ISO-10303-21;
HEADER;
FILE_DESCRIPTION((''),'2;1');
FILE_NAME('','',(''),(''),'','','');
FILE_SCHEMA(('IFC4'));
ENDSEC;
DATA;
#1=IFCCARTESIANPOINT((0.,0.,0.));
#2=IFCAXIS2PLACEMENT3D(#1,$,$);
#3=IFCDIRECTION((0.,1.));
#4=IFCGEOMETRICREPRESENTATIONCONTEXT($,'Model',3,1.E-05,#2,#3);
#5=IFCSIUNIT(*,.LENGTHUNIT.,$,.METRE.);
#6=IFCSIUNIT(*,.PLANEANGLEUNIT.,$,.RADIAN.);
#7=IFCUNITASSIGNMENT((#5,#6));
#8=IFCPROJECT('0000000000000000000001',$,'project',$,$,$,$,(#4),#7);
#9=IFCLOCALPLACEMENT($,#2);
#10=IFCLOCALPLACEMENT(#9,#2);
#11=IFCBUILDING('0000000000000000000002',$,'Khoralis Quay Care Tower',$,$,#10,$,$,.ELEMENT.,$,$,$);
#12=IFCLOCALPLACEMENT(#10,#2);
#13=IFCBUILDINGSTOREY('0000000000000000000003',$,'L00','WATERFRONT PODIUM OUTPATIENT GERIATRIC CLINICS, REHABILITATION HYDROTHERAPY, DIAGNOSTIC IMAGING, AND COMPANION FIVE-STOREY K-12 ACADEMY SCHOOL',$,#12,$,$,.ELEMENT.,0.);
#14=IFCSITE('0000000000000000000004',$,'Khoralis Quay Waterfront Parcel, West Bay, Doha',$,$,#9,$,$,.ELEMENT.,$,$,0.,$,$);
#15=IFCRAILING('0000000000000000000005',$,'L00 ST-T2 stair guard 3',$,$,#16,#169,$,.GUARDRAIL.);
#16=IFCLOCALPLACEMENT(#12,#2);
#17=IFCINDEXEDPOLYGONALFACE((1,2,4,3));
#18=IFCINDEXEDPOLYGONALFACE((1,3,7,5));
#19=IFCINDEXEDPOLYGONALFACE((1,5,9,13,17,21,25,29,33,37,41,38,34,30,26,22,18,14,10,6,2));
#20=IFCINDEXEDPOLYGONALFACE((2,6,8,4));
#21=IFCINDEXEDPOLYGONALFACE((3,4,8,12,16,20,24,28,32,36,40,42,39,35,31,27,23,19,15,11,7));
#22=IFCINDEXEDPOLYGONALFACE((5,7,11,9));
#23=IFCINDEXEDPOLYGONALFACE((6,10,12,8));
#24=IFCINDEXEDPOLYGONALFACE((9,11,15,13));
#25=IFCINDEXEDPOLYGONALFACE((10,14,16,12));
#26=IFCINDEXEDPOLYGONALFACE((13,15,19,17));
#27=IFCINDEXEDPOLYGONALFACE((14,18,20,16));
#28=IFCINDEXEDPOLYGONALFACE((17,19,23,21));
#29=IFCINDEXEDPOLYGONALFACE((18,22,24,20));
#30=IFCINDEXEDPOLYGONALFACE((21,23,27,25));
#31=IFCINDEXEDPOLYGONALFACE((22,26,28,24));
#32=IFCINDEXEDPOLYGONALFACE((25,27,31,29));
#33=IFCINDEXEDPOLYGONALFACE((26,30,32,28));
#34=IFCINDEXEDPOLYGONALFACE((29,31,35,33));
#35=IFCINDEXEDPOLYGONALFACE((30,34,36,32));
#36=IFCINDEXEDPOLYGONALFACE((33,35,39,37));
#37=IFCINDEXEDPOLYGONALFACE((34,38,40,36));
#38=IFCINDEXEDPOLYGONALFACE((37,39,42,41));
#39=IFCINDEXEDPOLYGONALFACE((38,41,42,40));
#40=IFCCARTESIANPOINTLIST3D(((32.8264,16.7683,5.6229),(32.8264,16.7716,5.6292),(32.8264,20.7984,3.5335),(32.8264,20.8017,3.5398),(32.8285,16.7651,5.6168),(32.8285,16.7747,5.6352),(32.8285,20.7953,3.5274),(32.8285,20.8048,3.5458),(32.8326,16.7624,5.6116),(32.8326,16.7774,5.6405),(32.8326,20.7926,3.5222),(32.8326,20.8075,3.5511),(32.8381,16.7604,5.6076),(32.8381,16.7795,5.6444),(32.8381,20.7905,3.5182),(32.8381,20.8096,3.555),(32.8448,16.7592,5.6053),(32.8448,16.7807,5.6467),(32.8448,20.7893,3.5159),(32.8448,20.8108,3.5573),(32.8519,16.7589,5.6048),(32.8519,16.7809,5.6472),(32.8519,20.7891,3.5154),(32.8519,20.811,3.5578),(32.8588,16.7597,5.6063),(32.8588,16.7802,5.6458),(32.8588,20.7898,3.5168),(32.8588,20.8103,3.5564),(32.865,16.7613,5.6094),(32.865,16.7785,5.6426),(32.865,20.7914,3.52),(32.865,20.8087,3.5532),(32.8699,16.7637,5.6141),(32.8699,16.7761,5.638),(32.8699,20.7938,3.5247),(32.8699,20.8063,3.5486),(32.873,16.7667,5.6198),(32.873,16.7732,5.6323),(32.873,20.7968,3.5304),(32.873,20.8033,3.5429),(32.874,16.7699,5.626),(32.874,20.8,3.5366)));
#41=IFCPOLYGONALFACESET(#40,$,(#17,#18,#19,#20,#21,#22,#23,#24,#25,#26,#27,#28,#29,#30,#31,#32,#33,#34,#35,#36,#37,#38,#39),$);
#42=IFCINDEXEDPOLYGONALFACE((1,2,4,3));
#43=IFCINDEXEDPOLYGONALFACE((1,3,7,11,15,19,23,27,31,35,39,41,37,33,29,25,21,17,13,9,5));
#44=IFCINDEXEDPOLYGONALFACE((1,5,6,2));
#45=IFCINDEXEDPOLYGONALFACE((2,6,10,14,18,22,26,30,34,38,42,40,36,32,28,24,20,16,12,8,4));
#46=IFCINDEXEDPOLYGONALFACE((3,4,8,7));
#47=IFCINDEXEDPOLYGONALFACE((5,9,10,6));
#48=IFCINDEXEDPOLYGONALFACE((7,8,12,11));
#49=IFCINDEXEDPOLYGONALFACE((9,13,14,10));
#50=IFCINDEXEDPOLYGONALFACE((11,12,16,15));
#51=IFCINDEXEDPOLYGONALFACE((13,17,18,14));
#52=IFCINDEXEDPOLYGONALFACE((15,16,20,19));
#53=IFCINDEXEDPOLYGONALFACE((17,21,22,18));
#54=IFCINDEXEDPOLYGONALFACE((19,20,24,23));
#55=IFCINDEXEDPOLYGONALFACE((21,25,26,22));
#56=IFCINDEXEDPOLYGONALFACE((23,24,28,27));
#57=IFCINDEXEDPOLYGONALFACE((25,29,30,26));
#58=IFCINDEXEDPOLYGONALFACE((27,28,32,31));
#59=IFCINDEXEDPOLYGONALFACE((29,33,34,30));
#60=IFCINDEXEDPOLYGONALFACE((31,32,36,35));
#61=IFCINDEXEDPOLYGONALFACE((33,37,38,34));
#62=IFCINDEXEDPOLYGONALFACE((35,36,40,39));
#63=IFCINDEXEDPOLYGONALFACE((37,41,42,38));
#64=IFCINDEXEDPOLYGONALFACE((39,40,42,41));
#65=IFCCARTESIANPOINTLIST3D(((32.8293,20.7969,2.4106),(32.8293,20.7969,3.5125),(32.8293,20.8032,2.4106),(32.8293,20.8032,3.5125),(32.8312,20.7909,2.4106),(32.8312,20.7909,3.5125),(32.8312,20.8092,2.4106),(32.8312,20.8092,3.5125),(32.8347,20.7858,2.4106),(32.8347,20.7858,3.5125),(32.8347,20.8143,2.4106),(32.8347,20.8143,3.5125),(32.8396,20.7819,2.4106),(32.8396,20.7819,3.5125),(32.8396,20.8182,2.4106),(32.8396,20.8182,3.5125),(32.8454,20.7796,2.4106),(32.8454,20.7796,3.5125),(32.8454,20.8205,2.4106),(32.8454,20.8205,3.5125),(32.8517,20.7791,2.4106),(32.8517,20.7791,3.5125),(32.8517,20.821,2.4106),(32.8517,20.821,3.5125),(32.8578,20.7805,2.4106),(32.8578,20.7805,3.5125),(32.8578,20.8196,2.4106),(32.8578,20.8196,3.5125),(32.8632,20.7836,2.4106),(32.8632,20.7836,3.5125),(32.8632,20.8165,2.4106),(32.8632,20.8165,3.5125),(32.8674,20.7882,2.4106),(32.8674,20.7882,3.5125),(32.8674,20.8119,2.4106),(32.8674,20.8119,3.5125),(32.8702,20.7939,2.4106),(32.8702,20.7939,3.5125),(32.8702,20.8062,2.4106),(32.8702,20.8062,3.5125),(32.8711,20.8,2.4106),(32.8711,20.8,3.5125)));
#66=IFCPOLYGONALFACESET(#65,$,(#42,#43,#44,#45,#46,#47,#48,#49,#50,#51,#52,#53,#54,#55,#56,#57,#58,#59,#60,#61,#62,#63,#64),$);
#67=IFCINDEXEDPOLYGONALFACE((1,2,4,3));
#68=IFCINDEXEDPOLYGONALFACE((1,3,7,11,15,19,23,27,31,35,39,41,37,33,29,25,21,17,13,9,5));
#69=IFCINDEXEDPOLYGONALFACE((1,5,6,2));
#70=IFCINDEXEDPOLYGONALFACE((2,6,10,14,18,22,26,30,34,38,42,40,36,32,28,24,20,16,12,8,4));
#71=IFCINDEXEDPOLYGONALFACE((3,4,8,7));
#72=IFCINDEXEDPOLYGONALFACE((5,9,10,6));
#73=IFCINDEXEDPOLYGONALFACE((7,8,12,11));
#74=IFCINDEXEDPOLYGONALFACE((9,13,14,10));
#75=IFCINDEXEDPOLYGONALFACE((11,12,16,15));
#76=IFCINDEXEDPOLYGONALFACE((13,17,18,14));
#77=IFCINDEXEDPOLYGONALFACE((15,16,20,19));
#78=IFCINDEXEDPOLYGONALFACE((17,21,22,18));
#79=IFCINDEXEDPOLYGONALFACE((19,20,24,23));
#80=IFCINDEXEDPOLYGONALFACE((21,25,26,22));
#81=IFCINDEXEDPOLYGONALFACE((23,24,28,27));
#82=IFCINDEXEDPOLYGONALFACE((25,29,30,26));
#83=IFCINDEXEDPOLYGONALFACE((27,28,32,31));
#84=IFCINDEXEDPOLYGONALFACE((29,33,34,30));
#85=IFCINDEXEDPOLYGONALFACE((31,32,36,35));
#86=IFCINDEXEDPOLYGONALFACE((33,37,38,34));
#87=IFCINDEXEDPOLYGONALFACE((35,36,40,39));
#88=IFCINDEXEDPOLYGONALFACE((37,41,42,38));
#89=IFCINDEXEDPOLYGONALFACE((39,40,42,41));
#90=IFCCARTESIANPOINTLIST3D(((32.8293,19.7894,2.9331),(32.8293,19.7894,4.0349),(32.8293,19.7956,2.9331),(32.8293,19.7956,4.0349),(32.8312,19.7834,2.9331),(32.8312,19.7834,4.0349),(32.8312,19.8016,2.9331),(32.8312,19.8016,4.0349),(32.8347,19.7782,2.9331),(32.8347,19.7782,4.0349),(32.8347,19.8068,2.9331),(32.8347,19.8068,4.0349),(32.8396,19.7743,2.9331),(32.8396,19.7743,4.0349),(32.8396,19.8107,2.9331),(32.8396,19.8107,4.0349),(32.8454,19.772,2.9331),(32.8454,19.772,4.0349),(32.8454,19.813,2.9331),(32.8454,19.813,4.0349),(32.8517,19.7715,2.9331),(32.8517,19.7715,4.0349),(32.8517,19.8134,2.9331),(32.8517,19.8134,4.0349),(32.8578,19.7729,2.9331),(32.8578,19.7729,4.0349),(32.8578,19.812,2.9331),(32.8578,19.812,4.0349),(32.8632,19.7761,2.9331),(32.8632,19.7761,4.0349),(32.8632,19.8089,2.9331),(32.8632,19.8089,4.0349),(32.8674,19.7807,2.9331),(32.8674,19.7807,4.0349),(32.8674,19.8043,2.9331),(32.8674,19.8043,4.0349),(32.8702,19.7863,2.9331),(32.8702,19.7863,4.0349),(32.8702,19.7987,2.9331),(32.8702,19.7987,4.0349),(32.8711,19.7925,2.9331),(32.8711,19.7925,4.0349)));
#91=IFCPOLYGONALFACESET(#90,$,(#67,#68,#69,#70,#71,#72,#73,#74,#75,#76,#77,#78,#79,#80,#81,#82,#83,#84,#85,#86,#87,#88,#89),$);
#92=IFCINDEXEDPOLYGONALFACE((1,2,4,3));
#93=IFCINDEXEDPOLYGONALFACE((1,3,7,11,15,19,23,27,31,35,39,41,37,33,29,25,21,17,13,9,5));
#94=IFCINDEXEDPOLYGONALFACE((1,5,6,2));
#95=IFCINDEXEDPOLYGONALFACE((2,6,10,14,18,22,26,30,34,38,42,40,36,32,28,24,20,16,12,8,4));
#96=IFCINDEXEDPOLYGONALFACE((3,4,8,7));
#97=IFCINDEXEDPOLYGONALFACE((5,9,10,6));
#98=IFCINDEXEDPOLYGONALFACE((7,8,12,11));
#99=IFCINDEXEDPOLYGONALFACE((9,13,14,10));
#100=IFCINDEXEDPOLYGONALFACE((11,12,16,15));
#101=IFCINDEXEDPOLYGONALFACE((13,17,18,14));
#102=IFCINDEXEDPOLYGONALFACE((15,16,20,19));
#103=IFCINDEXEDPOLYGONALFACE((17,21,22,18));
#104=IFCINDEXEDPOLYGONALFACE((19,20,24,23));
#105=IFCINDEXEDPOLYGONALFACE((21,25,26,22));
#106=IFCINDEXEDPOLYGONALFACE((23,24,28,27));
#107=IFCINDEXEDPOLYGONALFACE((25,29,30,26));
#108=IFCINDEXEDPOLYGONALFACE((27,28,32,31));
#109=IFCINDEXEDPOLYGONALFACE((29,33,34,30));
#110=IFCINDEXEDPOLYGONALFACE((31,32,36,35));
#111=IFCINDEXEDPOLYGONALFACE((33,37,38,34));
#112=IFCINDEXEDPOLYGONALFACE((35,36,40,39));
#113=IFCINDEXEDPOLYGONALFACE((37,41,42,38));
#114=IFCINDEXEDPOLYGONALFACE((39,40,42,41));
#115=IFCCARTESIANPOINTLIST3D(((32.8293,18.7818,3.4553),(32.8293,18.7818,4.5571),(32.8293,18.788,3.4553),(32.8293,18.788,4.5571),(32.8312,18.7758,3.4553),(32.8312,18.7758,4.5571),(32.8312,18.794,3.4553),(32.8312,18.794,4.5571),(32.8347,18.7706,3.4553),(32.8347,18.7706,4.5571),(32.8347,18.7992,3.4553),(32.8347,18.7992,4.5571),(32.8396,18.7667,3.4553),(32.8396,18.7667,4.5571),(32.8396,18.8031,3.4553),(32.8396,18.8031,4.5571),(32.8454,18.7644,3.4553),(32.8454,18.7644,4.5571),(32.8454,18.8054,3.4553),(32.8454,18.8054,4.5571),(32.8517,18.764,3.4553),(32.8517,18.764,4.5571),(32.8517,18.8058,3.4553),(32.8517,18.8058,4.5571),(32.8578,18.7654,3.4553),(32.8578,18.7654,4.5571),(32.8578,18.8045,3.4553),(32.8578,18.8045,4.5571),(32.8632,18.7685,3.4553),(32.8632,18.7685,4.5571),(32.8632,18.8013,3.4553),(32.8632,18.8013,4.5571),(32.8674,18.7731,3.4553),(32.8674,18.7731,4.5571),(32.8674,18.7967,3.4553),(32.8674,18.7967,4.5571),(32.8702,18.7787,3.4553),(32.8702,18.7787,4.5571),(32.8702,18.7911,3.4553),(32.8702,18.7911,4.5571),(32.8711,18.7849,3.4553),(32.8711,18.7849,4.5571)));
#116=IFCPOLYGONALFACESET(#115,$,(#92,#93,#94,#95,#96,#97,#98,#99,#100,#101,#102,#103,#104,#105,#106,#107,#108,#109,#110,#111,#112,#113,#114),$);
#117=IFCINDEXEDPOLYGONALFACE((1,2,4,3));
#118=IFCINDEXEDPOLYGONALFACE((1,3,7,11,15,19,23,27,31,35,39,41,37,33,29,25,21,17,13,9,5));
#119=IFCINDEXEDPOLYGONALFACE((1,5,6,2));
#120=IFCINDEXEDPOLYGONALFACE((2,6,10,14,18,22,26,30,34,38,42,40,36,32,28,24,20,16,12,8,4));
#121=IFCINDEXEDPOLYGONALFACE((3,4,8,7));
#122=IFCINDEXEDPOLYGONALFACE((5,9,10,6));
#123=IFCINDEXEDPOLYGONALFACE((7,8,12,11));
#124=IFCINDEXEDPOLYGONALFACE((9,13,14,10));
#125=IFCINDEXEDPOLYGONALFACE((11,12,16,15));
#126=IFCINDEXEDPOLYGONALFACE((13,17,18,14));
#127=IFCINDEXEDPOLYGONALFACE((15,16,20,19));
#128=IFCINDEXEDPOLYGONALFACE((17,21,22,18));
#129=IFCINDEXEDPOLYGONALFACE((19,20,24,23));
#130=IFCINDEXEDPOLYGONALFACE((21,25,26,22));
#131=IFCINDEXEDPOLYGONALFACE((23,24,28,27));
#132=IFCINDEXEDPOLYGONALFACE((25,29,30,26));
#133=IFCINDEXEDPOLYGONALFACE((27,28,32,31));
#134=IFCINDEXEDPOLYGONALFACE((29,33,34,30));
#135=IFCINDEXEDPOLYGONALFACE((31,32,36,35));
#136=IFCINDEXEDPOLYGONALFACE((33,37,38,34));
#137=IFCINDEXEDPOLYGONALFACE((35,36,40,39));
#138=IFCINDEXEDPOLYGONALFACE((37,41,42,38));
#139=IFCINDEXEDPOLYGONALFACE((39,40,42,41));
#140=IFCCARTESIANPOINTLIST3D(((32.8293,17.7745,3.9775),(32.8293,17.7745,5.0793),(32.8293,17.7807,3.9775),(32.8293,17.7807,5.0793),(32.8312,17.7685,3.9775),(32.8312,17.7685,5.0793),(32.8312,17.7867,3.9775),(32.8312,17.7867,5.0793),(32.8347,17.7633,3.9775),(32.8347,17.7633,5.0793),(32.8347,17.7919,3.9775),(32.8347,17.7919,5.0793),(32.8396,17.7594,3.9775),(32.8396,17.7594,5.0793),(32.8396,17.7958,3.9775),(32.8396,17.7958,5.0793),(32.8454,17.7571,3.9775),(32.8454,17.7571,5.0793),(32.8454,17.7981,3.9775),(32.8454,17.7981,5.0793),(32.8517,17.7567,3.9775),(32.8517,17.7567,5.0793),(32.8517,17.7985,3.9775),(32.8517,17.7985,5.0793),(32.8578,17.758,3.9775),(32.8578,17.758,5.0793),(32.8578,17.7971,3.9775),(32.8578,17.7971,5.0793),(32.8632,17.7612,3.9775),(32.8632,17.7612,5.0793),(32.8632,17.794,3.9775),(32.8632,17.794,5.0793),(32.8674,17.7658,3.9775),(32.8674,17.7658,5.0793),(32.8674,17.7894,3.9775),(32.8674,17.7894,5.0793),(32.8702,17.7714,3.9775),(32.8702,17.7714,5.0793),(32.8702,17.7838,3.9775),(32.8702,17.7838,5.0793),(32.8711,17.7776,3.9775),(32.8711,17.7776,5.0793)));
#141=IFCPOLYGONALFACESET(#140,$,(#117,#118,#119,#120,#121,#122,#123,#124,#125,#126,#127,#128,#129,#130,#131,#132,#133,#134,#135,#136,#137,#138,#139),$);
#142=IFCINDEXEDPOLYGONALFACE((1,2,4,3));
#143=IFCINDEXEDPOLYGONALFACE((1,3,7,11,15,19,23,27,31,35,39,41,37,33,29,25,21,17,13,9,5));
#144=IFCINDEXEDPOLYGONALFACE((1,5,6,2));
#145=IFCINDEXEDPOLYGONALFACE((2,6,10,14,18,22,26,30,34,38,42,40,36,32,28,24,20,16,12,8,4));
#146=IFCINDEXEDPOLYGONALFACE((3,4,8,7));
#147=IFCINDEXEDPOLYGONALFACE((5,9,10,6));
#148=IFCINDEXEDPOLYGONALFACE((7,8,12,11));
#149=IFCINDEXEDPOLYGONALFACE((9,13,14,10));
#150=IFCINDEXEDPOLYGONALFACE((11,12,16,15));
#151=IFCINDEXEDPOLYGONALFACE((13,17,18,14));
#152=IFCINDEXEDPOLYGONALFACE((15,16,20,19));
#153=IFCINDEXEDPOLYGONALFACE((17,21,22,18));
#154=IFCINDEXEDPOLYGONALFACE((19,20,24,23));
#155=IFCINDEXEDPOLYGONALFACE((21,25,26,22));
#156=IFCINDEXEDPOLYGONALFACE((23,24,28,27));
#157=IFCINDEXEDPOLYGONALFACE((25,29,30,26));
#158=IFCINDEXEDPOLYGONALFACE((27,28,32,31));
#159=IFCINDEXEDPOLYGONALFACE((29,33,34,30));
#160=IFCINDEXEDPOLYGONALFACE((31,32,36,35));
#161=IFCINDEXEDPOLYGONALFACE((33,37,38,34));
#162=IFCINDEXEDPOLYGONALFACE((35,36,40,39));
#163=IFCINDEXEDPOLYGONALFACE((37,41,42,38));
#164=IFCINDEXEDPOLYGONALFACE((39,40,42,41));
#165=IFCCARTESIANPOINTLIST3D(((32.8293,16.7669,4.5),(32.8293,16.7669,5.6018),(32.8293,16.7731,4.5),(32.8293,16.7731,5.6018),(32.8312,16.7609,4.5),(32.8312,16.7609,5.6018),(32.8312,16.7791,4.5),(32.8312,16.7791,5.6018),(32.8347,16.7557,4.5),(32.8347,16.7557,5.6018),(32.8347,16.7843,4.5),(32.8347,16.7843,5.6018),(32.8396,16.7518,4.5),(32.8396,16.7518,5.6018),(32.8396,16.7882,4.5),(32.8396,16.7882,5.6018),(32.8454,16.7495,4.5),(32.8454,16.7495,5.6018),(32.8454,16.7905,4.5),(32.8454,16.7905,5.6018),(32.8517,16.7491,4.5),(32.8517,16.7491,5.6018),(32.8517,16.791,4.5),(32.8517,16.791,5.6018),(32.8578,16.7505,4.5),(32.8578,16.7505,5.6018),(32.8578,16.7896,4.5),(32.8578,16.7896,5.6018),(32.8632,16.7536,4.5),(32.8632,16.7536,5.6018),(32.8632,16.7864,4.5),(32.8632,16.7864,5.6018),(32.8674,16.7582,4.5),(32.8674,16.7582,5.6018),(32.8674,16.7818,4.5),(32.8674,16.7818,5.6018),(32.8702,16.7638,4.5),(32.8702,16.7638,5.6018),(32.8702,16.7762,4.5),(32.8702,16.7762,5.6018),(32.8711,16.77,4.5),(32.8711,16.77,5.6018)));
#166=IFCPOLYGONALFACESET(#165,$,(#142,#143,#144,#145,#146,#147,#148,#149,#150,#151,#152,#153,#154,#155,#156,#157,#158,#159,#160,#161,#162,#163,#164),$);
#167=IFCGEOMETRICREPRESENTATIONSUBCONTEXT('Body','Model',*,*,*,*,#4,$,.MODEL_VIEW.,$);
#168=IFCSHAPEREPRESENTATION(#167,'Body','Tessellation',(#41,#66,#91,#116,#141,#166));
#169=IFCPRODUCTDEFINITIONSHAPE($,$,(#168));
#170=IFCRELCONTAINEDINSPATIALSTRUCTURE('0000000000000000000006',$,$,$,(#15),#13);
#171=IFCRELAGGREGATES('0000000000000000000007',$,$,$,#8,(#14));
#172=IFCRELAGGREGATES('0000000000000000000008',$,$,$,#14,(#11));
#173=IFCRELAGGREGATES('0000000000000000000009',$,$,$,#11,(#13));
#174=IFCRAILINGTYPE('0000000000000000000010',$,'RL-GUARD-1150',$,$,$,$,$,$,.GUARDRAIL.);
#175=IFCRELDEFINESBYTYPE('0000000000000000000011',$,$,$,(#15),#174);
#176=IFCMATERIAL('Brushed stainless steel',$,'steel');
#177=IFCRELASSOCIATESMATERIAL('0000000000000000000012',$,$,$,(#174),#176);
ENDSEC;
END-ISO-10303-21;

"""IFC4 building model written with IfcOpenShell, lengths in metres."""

from ifc_helpers import new_model, si_unit, direction, frame, origin, origin_2d, place, context, subcontext, project, spatial, circle, extrude, material, type_object, element, save


model = new_model("IFC4")

# Units and contexts
model_context = context("Model", 3, precision=1e-05, world=origin(), true_north=direction((0.0, 1.0)))
body_context = subcontext(model_context, "Body", "Model", "MODEL_VIEW")
ifc_project = project(units=[si_unit("LENGTHUNIT", "METRE"), si_unit("PLANEANGLEUNIT", "RADIAN")], contexts=[model_context])

# Site, building, storey
site_placement = place(None, origin())
site = spatial("IfcSite", under=ifc_project, at=site_placement, Name="Khoralis Quay Waterfront Parcel, West Bay, Doha", CompositionType="ELEMENT", RefElevation=0.0)
building_placement = place(site_placement, origin())
building = spatial("IfcBuilding", under=site, at=building_placement, Name="Khoralis Quay Care Tower", CompositionType="ELEMENT")
storey_placement = place(building_placement, origin())
storey = spatial("IfcBuildingStorey", under=building, at=storey_placement, Name="L00", Description="WATERFRONT PODIUM OUTPATIENT GERIATRIC CLINICS, REHABILITATION HYDROTHERAPY, DIAGNOSTIC IMAGING, AND COMPANION FIVE-STOREY K-12 ACADEMY SCHOOL", CompositionType="ELEMENT", Elevation=0.0)

# Shared definitions
ifc_material_1 = material(Name="Brushed stainless steel", Category="steel")

# Railing
railing_type_1 = type_object("IfcRailingType", Name="RL-GUARD-1150", PredefinedType="GUARDRAIL", material=ifc_material_1)
railing_1_placement = place(storey_placement, frame((32.8501, 20.8, 2.4106)))
element("IfcRailing", 1, at=railing_1_placement, inside=storey, type_object=railing_type_1, Name="L00 ST-T2 stair guard 3", PredefinedType="GUARDRAIL", context=body_context, shape_type="SweptSolid", body=[
    extrude(circle(Radius=0.0239, at=origin_2d()), frame((0.0, 0.0, 1.126), z_axis=(0.0, -0.887781, 0.460267), x_axis=(1.0, 0.0, 0.0)), (0.0, 0.0, 1.0), 4.5396),
    extrude(circle(Radius=0.021, at=origin_2d()), origin(), (0.0, 0.0, 1.0), 1.1018),
    extrude(circle(Radius=0.021, at=origin_2d()), frame((0.0, -1.0076, 0.5225)), (0.0, 0.0, 1.0), 1.1018),
    extrude(circle(Radius=0.021, at=origin_2d()), frame((0.0, -2.0151, 1.0447)), (0.0, 0.0, 1.0), 1.1018),
    extrude(circle(Radius=0.021, at=origin_2d()), frame((0.0, -3.0225, 1.5669)), (0.0, 0.0, 1.0), 1.1018),
    extrude(circle(Radius=0.021, at=origin_2d()), frame((0.0, -4.03, 2.0894)), (0.0, 0.0, 1.0), 1.1018),
])

save(model, "model.ifc")
